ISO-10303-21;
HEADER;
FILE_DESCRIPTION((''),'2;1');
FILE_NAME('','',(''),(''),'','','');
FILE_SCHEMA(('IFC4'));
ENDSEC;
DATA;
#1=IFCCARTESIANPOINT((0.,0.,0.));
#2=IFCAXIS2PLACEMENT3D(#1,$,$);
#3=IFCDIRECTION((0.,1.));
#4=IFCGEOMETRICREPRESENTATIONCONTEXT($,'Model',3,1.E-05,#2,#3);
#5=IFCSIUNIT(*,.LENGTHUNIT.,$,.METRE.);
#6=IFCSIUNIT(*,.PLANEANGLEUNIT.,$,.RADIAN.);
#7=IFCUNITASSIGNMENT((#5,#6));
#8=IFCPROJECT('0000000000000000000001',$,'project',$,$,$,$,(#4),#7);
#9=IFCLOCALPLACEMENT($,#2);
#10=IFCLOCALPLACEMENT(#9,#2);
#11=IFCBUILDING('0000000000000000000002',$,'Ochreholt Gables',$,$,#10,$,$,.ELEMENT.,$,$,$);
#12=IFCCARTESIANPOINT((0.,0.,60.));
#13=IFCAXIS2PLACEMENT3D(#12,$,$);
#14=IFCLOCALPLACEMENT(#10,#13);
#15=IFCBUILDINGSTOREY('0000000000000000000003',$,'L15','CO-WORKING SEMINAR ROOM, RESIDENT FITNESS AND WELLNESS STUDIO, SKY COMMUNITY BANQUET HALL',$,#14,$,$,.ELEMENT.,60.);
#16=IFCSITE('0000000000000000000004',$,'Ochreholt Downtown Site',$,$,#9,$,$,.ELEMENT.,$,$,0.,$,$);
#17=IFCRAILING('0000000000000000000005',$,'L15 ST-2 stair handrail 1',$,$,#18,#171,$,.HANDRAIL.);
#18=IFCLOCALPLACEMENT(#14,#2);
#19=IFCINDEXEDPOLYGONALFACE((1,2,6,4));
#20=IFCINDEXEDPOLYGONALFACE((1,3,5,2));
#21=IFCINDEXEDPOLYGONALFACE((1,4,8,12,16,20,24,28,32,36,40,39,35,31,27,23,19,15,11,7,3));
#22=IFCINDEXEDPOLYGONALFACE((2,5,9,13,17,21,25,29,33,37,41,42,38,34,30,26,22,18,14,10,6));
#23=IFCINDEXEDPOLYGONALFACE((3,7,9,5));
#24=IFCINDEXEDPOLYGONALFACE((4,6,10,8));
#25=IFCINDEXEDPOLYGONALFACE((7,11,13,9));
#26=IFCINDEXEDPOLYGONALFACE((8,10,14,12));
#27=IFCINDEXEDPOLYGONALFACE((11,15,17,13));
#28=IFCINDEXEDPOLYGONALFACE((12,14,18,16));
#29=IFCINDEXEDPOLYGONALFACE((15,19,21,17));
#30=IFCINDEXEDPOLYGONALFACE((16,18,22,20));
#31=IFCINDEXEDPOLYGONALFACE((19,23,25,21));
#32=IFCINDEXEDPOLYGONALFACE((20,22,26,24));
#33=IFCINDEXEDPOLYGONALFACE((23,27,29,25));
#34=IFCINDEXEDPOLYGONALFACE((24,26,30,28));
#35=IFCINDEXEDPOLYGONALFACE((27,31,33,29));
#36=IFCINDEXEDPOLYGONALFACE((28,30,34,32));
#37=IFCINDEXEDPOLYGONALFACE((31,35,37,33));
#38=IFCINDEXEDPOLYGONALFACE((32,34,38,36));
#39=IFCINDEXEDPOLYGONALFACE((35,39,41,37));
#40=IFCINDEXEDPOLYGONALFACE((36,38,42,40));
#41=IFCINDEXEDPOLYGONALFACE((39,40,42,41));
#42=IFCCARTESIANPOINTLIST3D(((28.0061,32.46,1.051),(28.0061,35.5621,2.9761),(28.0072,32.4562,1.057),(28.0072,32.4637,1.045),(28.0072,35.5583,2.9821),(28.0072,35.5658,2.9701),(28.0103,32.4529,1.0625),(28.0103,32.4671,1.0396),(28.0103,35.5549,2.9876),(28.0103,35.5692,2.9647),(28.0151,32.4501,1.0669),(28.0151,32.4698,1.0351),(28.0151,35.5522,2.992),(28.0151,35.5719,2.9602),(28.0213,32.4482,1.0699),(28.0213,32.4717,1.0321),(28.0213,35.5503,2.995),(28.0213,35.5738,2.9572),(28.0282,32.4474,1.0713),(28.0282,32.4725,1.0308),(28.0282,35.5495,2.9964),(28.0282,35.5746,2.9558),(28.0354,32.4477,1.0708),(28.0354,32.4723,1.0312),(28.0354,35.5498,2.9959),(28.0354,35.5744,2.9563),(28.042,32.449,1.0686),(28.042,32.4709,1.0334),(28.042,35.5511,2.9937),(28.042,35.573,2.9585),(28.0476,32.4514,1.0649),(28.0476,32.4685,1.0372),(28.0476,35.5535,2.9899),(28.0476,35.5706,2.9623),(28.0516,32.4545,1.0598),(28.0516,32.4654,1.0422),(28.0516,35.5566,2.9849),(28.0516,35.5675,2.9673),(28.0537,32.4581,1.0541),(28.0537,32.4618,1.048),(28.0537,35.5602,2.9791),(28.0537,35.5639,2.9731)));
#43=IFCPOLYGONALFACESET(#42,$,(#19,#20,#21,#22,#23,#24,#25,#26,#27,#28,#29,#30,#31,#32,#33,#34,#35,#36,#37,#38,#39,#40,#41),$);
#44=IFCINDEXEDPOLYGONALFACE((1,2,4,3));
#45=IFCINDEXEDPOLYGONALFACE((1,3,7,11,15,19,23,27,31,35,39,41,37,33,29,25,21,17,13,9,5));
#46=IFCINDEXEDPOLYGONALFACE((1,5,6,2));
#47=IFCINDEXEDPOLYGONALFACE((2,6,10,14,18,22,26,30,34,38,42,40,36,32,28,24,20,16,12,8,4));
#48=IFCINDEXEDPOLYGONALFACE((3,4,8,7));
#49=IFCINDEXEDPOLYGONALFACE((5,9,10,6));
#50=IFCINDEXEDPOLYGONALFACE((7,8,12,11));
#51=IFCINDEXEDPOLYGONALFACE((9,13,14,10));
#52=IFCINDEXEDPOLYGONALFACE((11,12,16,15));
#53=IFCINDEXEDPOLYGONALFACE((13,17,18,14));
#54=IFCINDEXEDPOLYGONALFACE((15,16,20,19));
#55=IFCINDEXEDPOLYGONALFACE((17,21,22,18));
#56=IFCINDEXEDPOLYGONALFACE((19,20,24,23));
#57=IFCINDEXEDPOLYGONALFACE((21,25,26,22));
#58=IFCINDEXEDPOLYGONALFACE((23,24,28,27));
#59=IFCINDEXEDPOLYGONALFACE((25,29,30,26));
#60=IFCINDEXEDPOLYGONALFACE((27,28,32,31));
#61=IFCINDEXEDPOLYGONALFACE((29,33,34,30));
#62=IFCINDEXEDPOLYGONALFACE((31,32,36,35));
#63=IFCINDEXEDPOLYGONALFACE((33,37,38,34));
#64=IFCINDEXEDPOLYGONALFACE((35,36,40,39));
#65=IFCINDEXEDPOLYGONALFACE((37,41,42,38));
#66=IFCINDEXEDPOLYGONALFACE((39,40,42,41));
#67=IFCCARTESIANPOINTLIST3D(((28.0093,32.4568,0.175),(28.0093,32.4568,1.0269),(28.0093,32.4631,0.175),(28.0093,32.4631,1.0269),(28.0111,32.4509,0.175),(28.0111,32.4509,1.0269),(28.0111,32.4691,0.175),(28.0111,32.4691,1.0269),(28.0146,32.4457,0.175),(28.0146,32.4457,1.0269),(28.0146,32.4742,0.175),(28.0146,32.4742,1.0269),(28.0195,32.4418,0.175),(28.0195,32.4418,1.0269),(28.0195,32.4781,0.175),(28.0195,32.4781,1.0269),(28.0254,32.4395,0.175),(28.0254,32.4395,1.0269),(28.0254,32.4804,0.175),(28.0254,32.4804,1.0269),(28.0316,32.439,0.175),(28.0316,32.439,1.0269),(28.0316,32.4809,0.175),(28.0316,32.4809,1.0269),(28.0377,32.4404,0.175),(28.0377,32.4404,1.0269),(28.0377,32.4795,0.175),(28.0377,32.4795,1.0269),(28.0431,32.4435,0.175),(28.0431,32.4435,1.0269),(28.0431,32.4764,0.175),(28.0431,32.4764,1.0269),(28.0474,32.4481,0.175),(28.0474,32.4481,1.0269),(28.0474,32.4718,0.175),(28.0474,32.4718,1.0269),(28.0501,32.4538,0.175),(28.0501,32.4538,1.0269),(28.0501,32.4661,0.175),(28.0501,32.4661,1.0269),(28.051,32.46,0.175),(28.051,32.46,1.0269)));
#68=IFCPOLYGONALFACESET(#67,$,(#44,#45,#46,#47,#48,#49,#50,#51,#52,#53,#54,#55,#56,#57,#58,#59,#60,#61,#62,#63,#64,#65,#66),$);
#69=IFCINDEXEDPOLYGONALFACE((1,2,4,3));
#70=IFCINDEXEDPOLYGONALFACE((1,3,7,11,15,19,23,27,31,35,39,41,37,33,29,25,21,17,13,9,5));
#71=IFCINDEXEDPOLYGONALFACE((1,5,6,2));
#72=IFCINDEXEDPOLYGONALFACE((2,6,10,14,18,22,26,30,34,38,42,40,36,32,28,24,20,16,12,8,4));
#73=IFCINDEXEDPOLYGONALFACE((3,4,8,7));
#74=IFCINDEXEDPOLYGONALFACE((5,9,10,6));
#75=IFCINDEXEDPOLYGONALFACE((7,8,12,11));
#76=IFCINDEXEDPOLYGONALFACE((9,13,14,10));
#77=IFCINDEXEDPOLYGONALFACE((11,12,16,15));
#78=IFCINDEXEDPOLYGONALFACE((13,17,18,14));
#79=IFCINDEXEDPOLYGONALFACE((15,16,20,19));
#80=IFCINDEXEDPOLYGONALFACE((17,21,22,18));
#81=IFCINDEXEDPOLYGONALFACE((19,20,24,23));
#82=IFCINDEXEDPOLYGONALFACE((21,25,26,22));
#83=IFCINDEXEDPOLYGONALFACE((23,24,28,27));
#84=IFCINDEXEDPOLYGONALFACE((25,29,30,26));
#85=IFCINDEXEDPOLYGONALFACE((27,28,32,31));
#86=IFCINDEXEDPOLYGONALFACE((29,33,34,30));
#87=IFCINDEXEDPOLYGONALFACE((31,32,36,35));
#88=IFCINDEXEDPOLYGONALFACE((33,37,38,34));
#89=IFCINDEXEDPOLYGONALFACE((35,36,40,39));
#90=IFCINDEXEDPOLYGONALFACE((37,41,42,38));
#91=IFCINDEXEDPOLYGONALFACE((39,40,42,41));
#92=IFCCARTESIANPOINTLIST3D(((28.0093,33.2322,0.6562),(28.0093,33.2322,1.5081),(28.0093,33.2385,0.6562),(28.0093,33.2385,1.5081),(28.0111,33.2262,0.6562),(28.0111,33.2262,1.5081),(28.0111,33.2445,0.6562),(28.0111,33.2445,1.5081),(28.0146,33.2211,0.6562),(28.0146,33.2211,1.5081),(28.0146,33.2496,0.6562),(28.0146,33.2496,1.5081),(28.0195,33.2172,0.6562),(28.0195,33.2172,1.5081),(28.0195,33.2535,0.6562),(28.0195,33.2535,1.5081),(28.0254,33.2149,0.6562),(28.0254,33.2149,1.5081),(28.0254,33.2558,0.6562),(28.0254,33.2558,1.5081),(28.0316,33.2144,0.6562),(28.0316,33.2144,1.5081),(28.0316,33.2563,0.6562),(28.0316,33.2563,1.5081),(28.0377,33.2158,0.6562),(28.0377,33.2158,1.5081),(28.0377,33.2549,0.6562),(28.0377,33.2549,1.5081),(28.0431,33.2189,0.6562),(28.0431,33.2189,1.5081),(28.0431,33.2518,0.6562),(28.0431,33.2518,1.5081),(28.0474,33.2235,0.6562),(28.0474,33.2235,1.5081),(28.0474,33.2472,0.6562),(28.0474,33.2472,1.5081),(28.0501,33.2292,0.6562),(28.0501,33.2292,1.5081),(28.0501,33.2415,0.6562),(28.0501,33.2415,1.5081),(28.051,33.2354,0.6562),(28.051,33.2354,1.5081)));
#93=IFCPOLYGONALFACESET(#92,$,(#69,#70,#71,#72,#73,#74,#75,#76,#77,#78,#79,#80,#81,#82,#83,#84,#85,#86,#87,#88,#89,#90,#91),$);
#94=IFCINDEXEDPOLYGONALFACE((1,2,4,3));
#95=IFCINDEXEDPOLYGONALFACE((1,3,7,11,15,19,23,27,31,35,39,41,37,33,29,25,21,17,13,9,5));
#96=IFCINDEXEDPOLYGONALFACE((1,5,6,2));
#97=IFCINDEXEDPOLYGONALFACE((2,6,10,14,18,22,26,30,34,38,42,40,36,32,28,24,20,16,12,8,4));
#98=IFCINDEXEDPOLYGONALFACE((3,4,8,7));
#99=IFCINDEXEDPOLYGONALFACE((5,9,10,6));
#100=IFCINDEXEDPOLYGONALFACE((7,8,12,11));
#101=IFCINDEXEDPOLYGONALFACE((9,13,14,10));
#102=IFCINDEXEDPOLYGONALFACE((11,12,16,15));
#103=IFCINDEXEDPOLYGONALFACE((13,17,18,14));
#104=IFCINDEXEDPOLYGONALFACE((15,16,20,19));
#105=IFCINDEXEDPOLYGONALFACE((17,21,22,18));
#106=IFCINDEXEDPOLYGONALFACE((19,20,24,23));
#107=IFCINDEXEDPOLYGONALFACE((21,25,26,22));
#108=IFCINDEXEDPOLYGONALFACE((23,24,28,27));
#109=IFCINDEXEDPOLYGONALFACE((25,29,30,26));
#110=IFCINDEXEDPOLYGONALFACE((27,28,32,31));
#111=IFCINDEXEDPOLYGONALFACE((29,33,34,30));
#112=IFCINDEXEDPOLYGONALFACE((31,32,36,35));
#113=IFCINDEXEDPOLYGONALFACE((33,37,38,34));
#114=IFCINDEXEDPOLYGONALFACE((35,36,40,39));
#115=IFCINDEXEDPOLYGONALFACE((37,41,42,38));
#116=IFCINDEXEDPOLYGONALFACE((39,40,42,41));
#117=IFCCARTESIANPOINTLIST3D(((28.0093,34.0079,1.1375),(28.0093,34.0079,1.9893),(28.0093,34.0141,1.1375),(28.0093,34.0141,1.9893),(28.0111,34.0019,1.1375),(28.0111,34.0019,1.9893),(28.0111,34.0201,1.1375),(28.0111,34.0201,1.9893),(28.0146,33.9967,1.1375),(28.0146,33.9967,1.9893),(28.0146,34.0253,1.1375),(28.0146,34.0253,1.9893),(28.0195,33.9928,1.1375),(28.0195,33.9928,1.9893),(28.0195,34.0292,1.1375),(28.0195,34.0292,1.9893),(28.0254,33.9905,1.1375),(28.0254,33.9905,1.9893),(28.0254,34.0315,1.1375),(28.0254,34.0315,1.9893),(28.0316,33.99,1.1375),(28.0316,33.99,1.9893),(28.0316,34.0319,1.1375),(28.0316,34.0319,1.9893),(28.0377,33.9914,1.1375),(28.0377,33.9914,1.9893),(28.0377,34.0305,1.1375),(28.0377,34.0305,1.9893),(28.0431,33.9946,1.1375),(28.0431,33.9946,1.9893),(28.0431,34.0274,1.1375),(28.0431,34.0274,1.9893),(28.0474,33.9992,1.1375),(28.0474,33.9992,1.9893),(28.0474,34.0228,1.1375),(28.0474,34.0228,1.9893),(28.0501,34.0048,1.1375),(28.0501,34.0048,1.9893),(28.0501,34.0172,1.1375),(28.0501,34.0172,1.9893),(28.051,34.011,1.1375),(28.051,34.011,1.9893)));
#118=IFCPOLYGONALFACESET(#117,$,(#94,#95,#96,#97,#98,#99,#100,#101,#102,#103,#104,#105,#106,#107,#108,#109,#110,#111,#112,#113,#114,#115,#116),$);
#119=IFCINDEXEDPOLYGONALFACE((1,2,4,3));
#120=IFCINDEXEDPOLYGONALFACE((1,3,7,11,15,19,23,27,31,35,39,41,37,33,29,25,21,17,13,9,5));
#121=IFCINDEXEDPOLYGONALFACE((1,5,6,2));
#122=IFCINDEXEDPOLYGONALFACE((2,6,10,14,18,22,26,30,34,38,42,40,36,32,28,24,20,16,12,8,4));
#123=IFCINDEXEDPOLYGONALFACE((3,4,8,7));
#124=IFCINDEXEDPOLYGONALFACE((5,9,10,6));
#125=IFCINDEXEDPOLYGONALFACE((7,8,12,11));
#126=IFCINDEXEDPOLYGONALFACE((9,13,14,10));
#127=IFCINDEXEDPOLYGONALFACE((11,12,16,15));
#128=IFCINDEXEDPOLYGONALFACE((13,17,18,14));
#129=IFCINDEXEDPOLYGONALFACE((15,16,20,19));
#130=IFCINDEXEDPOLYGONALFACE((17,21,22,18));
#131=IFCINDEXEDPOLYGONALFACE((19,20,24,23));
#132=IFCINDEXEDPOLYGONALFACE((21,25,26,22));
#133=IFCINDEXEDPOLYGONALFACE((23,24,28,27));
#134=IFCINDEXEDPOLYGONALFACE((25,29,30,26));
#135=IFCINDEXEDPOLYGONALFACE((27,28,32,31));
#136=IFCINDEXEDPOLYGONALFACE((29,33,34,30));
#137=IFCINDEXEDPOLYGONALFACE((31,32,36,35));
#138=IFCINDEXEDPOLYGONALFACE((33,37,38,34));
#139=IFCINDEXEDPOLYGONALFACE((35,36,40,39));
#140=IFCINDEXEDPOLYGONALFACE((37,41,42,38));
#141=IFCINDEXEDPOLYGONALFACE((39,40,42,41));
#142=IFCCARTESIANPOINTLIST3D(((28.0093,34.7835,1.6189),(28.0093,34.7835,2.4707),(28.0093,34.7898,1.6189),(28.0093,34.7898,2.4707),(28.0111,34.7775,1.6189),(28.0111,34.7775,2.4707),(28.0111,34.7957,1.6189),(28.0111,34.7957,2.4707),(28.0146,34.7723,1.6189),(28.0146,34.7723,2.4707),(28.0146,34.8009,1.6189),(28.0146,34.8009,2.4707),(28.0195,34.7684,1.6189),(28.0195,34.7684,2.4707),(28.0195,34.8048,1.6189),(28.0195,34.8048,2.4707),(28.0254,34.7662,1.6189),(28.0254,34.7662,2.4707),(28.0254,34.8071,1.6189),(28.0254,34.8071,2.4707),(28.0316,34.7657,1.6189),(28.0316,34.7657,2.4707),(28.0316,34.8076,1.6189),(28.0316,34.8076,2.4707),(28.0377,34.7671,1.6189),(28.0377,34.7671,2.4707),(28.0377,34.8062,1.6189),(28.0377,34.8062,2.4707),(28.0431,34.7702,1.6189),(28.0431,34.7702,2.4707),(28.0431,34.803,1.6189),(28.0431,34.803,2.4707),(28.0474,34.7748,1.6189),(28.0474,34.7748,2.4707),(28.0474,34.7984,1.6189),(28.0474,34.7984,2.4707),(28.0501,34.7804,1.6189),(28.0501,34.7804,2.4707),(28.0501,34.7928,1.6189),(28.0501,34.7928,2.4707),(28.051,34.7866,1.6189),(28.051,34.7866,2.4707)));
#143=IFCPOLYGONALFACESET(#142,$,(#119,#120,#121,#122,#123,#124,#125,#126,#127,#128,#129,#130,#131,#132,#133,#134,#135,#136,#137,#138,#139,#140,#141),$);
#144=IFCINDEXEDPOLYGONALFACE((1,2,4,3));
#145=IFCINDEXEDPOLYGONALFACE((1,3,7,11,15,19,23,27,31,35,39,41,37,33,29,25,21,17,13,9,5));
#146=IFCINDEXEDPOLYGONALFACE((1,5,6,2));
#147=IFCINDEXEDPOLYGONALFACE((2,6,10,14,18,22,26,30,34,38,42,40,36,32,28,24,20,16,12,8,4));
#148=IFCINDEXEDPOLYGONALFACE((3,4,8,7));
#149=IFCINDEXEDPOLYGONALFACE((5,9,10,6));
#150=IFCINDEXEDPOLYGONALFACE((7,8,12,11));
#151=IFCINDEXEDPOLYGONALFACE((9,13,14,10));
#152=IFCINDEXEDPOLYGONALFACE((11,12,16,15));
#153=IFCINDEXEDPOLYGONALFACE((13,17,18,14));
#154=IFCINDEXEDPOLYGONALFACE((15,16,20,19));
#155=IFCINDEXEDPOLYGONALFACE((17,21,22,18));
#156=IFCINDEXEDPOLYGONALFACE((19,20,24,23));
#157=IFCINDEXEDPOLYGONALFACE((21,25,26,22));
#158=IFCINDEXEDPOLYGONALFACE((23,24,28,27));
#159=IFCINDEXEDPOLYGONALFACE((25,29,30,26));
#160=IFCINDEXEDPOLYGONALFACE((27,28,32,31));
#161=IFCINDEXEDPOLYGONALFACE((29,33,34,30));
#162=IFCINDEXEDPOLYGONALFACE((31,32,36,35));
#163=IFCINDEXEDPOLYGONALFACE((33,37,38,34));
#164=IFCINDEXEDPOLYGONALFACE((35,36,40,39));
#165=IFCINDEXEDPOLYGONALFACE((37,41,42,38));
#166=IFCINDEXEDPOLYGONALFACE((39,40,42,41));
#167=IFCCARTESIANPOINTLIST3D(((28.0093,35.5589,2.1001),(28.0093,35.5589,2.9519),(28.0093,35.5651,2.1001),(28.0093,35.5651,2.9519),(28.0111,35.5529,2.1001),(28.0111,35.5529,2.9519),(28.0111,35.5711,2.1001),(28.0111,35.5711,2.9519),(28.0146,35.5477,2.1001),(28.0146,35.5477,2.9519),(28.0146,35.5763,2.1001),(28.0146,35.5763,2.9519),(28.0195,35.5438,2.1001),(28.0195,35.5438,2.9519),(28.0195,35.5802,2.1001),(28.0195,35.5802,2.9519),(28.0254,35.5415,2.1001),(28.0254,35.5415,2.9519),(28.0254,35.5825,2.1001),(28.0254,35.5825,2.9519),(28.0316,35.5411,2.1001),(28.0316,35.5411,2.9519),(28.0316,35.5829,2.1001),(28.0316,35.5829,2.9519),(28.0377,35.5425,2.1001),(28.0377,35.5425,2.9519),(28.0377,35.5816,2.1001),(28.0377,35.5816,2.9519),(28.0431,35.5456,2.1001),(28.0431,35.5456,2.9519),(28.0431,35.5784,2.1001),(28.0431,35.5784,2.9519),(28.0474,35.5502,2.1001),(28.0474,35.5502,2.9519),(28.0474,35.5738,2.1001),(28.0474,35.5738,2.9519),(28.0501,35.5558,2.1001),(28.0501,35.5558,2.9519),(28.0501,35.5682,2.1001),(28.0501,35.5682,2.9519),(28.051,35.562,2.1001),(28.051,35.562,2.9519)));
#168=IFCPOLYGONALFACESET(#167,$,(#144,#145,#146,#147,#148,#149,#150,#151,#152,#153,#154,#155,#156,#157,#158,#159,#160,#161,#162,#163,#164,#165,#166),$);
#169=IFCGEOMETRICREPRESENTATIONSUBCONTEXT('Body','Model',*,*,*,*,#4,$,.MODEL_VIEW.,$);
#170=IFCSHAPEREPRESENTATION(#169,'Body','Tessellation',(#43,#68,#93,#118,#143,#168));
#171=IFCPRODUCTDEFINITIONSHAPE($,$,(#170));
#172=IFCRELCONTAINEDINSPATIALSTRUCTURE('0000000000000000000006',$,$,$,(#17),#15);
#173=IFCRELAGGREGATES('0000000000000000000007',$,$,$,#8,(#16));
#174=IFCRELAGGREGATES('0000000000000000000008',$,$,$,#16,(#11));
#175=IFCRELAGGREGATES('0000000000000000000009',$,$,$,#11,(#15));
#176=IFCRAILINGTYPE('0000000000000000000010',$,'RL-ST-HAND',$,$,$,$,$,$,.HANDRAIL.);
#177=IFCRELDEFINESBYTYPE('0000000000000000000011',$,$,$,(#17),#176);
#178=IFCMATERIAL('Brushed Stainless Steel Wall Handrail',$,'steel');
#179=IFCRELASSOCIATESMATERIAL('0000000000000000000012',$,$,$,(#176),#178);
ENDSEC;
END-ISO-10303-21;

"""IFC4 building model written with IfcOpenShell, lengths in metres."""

from ifc_helpers import new_model, si_unit, direction, frame, origin, origin_2d, place, context, subcontext, project, spatial, circle, extrude, material, type_object, element, save


model = new_model("IFC4")

# Units and contexts
model_context = context("Model", 3, precision=1e-05, world=origin(), true_north=direction((0.0, 1.0)))
body_context = subcontext(model_context, "Body", "Model", "MODEL_VIEW")
ifc_project = project(units=[si_unit("LENGTHUNIT", "METRE"), si_unit("PLANEANGLEUNIT", "RADIAN")], contexts=[model_context])

# Site, building, storey
site_placement = place(None, origin())
site = spatial("IfcSite", under=ifc_project, at=site_placement, Name="Ochreholt Downtown Site", CompositionType="ELEMENT", RefElevation=0.0)
building_placement = place(site_placement, origin())
building = spatial("IfcBuilding", under=site, at=building_placement, Name="Ochreholt Gables", CompositionType="ELEMENT")
storey_placement = place(building_placement, frame((0.0, 0.0, 60.0)))
storey = spatial("IfcBuildingStorey", under=building, at=storey_placement, Name="L15", Description="CO-WORKING SEMINAR ROOM, RESIDENT FITNESS AND WELLNESS STUDIO, SKY COMMUNITY BANQUET HALL", CompositionType="ELEMENT", Elevation=60.0)

# Railing
ifc_material_1 = material(Name="Brushed Stainless Steel Wall Handrail", Category="steel")
railing_type_1 = type_object("IfcRailingType", Name="RL-ST-HAND", PredefinedType="HANDRAIL", material=ifc_material_1)
railing_1_placement = place(storey_placement, frame((28.03, 32.46, 0.175)))
element("IfcRailing", 1, at=railing_1_placement, inside=storey, type_object=railing_type_1, Name="L15 ST-2 stair handrail 1", PredefinedType="HANDRAIL", context=body_context, shape_type="SweptSolid", body=[
    extrude(circle(Radius=0.0239, at=origin_2d()), frame((0.0, 0.0, 0.876), z_axis=(0.0, 0.849685, 0.527291), x_axis=(-1.0, 0.0, 0.0)), (0.0, 0.0, 1.0), 3.6509),
    extrude(circle(Radius=0.021, at=origin_2d()), origin(), (0.0, 0.0, 1.0), 0.8518),
    extrude(circle(Radius=0.021, at=origin_2d()), frame((0.0, 0.7754, 0.4812)), (0.0, 0.0, 1.0), 0.8518),
    extrude(circle(Radius=0.021, at=origin_2d()), frame((0.0, 1.551, 0.9624)), (0.0, 0.0, 1.0), 0.8518),
    extrude(circle(Radius=0.021, at=origin_2d()), frame((0.0, 2.3267, 1.4438)), (0.0, 0.0, 1.0), 0.8518),
    extrude(circle(Radius=0.021, at=origin_2d()), frame((0.0, 3.1021, 1.925)), (0.0, 0.0, 1.0), 0.8518),
])

save(model, "model.ifc")
